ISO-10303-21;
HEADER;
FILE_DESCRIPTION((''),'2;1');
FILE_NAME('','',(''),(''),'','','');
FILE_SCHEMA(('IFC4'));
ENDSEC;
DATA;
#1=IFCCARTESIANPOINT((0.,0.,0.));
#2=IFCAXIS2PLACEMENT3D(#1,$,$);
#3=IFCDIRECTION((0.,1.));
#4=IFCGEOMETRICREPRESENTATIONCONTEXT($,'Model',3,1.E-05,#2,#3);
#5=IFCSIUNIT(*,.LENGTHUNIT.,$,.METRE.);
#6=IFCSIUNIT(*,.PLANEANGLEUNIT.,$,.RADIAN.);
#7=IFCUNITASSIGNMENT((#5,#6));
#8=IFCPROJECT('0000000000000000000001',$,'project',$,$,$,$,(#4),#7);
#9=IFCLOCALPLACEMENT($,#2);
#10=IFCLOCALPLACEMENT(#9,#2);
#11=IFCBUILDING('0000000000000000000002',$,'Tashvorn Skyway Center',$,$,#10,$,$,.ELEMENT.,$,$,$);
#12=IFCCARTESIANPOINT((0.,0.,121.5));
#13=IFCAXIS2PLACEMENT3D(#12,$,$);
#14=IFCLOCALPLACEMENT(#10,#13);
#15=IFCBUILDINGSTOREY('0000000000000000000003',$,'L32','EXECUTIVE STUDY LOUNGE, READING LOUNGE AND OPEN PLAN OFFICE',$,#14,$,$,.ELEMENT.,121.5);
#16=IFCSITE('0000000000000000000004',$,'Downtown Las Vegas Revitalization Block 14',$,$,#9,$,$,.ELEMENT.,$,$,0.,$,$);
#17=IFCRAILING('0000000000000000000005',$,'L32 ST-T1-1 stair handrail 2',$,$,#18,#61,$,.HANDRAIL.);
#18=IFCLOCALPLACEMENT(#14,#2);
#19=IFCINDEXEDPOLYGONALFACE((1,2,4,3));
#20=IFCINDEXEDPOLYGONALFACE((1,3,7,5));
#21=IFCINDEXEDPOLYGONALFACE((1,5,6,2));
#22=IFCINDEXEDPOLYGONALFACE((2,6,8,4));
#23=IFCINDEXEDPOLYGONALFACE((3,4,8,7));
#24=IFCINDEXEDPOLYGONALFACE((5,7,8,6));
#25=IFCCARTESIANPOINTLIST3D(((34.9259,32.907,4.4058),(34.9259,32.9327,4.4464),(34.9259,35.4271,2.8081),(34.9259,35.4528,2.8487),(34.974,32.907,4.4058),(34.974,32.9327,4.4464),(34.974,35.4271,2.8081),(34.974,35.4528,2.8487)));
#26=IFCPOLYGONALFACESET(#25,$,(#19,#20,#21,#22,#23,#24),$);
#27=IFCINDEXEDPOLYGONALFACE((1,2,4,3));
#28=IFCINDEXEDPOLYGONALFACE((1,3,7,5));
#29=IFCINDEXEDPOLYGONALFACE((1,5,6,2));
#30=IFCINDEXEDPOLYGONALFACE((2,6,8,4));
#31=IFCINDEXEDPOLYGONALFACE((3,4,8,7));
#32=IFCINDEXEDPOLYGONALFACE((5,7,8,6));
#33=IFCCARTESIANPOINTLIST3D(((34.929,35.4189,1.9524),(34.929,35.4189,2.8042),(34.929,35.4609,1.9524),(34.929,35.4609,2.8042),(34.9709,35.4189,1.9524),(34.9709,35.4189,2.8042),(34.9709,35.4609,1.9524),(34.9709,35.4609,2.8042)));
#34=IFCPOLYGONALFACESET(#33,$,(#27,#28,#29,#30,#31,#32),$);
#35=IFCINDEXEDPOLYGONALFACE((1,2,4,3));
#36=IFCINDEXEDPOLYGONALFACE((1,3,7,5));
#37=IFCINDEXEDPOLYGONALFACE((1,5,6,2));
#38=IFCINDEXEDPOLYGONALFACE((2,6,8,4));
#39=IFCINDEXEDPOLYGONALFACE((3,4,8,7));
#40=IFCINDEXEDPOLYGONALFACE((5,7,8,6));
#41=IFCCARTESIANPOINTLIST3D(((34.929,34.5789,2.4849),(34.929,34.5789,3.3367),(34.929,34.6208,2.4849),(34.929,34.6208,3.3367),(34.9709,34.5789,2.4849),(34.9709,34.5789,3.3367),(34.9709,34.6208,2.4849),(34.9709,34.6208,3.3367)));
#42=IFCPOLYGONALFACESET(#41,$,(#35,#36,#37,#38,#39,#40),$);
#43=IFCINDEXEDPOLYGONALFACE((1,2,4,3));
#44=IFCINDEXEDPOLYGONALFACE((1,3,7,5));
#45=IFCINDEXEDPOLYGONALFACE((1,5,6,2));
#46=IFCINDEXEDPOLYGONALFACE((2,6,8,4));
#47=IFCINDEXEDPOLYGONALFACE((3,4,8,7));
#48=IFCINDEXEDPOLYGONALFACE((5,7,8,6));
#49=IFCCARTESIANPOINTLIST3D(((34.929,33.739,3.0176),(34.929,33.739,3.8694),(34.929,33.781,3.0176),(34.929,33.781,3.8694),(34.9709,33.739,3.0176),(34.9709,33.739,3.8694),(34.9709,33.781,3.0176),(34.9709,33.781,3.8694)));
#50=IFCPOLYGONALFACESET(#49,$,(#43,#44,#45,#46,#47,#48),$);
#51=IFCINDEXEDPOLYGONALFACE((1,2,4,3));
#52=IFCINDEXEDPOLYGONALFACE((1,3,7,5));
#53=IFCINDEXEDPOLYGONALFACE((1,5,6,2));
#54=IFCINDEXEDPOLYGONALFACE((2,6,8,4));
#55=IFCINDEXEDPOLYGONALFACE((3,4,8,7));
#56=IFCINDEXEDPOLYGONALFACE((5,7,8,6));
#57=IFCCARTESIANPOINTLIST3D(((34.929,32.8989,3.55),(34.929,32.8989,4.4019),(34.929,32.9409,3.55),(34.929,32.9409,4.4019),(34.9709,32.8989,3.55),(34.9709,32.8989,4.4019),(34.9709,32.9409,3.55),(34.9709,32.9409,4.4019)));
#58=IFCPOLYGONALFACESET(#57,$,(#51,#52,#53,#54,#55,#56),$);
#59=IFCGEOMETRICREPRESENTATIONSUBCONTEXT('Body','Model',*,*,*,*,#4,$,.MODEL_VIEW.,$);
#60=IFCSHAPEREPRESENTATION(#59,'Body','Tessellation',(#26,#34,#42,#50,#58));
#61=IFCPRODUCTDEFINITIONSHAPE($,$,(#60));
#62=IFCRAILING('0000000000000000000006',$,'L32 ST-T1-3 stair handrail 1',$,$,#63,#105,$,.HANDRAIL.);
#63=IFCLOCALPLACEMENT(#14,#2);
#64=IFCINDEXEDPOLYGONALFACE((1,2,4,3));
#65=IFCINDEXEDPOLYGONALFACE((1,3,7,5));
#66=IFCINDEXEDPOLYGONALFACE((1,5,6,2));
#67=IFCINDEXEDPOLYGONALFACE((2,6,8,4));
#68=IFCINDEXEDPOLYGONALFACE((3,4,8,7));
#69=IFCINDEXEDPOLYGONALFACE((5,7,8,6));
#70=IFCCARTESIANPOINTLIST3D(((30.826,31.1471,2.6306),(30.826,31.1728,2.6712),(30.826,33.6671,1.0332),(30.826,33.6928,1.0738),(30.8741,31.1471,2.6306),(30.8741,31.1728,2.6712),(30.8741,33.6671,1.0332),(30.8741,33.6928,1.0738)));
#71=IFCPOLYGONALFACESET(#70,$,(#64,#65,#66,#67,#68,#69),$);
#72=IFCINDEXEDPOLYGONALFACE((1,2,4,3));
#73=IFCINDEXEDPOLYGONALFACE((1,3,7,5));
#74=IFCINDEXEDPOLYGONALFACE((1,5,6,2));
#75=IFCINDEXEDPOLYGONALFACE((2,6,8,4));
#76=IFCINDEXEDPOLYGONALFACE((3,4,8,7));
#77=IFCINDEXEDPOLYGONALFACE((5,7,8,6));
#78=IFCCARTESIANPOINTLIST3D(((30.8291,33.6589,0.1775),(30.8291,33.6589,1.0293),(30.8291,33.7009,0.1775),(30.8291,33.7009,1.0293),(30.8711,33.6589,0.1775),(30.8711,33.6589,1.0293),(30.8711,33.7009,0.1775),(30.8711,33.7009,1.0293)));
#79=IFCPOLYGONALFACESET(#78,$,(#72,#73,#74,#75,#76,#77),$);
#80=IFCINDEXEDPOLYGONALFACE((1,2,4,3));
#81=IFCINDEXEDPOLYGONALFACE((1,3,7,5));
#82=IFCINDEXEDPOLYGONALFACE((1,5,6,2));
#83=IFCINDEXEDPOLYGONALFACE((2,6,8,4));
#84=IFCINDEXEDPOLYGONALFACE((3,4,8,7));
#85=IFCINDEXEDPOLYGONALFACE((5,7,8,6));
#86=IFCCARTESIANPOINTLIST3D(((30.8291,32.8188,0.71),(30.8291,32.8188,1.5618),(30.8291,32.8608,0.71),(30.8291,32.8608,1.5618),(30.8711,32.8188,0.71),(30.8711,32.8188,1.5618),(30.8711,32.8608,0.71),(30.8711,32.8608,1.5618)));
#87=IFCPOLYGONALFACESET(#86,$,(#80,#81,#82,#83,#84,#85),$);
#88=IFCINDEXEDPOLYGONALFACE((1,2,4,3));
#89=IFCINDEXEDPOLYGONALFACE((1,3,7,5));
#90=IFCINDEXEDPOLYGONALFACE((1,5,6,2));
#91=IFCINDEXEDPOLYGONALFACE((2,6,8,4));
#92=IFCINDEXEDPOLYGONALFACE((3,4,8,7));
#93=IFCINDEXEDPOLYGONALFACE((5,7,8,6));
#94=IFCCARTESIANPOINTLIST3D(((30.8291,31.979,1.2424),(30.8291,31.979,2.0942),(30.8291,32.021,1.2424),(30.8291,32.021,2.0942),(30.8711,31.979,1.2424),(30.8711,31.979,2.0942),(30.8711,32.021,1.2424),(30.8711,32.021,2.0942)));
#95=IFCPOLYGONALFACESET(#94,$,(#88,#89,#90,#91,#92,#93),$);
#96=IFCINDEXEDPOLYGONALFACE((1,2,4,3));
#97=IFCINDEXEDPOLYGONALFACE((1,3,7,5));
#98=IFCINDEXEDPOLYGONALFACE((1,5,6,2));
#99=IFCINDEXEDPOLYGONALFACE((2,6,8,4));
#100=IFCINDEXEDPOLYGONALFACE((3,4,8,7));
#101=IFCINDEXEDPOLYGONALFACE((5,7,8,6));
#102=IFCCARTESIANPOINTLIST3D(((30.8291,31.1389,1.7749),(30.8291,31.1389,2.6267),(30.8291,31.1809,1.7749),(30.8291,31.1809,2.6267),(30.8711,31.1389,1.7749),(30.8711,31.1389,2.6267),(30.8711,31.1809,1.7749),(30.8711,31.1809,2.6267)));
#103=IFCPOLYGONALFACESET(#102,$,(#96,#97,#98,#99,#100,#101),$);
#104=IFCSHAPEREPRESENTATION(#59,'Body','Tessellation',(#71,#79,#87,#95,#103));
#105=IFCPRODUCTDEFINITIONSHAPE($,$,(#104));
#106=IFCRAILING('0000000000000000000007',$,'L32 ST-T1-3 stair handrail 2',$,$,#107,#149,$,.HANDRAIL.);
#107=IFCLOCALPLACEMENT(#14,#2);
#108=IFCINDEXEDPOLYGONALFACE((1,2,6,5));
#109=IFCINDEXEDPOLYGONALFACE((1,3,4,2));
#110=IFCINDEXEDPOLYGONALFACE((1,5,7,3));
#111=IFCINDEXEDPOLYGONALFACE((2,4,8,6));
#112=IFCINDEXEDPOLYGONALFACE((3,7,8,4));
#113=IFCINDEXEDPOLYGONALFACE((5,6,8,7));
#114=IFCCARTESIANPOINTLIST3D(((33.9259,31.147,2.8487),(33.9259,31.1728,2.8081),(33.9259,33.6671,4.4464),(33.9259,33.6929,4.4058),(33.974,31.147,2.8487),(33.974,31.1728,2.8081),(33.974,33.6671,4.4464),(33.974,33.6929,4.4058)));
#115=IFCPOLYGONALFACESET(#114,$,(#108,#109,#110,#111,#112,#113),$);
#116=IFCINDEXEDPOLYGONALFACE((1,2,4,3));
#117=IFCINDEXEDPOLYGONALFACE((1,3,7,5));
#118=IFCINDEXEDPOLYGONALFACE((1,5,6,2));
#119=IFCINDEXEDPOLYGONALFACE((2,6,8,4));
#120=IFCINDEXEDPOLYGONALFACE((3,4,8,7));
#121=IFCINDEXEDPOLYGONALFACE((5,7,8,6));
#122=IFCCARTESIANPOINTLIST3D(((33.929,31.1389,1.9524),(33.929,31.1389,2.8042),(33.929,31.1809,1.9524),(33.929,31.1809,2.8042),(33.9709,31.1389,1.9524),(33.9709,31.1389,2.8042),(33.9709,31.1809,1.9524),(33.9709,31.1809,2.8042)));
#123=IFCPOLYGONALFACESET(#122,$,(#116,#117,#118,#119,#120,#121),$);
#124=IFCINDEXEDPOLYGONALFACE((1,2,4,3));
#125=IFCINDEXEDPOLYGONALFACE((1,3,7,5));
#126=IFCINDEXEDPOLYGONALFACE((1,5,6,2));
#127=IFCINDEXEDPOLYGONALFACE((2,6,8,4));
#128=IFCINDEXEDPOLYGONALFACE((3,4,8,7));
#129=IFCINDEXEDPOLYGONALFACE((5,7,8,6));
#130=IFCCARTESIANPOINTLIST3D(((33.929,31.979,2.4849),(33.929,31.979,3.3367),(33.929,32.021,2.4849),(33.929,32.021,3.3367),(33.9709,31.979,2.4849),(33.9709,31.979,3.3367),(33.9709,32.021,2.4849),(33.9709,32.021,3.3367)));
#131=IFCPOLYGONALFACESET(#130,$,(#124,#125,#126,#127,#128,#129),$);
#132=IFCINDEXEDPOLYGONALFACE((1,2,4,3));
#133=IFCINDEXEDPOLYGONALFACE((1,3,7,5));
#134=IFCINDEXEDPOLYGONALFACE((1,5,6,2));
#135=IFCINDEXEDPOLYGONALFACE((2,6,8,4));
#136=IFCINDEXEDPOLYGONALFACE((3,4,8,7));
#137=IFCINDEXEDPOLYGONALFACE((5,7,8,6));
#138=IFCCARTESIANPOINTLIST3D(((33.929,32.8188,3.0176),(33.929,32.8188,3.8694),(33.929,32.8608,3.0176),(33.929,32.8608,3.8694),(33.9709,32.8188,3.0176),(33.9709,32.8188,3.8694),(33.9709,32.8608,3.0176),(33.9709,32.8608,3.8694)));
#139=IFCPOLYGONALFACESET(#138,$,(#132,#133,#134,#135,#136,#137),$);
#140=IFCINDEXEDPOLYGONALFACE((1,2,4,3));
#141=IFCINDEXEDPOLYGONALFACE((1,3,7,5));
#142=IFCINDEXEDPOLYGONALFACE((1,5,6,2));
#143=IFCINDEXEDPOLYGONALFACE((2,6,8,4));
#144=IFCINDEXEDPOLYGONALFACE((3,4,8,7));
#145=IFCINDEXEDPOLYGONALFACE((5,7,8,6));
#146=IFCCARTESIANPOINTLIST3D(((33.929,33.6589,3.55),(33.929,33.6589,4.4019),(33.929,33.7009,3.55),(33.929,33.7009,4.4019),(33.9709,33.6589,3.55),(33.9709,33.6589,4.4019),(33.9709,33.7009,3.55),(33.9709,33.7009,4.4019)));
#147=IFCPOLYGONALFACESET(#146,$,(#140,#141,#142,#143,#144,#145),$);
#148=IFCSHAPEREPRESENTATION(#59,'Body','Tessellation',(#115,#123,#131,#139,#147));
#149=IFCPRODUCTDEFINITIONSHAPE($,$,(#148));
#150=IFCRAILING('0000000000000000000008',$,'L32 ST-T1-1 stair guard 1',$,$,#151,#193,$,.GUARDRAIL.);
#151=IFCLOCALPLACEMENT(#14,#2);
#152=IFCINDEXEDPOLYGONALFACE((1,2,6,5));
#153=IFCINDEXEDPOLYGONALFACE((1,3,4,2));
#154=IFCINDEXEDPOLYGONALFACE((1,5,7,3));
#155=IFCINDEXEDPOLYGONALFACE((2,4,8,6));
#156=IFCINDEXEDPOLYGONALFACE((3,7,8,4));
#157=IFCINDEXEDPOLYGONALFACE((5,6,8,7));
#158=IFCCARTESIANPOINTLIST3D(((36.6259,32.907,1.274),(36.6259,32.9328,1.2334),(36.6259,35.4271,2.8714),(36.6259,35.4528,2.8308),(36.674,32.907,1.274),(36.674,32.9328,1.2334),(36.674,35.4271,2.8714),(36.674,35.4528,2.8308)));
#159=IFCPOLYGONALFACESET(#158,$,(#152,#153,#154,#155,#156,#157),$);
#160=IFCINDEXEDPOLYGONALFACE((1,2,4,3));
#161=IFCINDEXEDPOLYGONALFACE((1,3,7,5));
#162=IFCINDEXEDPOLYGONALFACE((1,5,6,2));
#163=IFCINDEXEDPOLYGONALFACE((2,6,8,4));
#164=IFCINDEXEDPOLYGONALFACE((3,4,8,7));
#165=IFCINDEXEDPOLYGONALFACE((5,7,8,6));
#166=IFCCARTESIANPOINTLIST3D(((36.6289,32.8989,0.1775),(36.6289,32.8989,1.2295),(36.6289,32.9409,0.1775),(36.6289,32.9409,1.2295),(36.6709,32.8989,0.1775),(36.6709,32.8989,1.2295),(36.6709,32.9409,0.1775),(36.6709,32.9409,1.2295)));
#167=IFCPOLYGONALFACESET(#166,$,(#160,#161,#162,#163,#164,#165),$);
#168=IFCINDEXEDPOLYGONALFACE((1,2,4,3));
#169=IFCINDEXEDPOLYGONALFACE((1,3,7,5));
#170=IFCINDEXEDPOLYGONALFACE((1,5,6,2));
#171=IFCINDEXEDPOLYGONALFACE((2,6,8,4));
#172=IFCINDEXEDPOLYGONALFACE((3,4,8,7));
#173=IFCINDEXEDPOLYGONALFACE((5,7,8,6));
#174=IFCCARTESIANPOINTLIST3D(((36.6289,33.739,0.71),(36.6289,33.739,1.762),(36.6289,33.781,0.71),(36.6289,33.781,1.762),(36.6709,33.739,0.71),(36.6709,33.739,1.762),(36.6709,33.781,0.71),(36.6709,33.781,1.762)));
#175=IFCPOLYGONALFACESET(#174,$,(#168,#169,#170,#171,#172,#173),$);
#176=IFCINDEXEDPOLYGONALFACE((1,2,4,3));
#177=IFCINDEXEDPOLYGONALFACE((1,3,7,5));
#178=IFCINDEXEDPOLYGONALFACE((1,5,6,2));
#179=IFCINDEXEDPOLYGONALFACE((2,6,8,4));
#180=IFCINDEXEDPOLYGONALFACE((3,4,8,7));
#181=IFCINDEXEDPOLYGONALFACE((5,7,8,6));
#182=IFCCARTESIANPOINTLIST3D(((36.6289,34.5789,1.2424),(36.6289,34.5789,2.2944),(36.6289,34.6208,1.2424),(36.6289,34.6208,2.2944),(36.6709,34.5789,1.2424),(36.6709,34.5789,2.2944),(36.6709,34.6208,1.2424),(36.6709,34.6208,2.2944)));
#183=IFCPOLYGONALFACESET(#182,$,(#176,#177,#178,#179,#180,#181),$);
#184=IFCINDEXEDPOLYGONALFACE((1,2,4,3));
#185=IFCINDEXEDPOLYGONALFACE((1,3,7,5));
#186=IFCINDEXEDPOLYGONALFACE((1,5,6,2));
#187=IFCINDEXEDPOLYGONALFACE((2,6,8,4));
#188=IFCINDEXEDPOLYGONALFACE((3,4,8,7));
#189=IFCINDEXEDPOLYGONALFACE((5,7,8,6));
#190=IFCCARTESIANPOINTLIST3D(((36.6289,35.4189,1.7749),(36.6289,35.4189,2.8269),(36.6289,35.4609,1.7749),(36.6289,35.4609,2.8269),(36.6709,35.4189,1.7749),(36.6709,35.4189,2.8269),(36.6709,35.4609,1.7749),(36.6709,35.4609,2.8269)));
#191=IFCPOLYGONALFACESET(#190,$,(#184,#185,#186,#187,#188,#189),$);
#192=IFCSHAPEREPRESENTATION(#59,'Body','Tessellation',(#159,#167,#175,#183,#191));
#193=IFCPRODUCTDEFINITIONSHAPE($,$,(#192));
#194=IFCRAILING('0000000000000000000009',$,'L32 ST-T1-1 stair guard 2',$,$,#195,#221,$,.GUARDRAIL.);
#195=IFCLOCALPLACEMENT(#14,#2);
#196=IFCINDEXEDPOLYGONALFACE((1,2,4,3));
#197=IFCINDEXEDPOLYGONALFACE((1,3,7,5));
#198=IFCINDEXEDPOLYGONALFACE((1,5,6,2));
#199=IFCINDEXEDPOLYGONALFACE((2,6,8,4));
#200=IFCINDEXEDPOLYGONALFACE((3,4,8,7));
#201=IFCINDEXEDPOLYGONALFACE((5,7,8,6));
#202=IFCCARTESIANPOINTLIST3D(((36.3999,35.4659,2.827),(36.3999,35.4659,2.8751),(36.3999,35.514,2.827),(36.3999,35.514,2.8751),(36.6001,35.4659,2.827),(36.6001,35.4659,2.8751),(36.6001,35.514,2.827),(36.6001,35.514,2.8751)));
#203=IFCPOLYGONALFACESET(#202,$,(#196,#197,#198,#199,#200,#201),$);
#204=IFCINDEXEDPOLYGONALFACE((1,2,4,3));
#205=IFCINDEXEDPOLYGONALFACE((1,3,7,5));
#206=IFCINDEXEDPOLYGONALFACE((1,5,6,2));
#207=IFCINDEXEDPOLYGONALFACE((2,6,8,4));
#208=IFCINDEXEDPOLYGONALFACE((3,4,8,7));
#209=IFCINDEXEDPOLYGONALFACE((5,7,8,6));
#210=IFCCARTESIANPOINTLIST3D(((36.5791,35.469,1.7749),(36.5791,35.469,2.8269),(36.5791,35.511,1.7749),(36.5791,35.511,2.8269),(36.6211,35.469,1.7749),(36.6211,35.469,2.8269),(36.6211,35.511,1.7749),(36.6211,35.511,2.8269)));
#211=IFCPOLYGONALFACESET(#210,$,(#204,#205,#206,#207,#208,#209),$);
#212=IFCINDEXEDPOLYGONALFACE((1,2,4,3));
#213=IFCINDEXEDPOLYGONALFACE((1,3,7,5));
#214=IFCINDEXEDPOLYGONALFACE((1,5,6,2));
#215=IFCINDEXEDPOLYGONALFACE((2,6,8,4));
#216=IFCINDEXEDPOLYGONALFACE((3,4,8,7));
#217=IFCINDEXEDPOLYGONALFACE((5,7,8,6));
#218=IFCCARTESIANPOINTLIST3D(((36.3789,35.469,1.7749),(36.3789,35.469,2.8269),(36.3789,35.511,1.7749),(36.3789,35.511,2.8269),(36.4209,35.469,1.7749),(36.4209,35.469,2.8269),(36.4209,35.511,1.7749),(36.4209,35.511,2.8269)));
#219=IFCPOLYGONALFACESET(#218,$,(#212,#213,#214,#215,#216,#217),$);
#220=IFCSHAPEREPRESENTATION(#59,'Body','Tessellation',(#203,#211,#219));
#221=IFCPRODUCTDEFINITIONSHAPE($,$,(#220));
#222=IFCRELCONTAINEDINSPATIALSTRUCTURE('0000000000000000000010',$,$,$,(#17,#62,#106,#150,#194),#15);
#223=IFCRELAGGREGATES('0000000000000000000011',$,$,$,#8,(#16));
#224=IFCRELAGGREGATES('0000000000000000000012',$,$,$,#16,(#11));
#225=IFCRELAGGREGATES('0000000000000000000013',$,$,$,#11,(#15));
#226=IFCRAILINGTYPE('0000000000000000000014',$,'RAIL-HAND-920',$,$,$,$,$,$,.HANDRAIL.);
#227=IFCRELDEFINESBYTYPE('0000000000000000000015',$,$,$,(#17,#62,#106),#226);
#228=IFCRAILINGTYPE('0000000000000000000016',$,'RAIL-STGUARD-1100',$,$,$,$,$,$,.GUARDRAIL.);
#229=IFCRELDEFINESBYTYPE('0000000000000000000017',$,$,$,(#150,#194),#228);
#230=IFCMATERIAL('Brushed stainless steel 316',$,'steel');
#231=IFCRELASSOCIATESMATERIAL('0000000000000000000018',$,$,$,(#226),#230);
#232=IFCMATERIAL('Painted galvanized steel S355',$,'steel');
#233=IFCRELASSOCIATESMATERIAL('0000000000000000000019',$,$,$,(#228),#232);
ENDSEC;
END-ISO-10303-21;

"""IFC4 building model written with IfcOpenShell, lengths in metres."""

from ifc_helpers import new_model, si_unit, direction, frame, origin, origin_2d, place, context, subcontext, project, spatial, rectangle, extrude, material, type_object, element, save


model = new_model("IFC4")

# Units and contexts
model_context = context("Model", 3, precision=1e-05, world=origin(), true_north=direction((0.0, 1.0)))
body_context = subcontext(model_context, "Body", "Model", "MODEL_VIEW")
ifc_project = project(units=[si_unit("LENGTHUNIT", "METRE"), si_unit("PLANEANGLEUNIT", "RADIAN")], contexts=[model_context])

# Site, building, storey
site_placement = place(None, origin())
site = spatial("IfcSite", under=ifc_project, at=site_placement, Name="Downtown Las Vegas Revitalization Block 14", CompositionType="ELEMENT", RefElevation=0.0)
building_placement = place(site_placement, origin())
building = spatial("IfcBuilding", under=site, at=building_placement, Name="Tashvorn Skyway Center", CompositionType="ELEMENT")
storey_placement = place(building_placement, frame((0.0, 0.0, 121.5)))
storey = spatial("IfcBuildingStorey", under=building, at=storey_placement, Name="L32", Description="EXECUTIVE STUDY LOUNGE, READING LOUNGE AND OPEN PLAN OFFICE", CompositionType="ELEMENT", Elevation=121.5)

# Railings
ifc_material_1 = material(Name="Brushed stainless steel 316", Category="steel")
railing_type_1 = type_object("IfcRailingType", Name="RAIL-HAND-920", PredefinedType="HANDRAIL", material=ifc_material_1)
railing_1_placement = place(storey_placement, frame((34.95, 35.4399, 1.9524)))
element("IfcRailing", 1, at=railing_1_placement, inside=storey, type_object=railing_type_1, Name="L32 ST-T1-1 stair handrail 2", PredefinedType="HANDRAIL", context=body_context, shape_type="SweptSolid", body=[
    extrude(rectangle(XDim=0.0481, YDim=0.0481, at=origin_2d()), frame((0.0, 0.0, 0.876), z_axis=(0.0, -0.84457, 0.535445), x_axis=(1.0, 0.0, 0.0)), (0.0, 0.0, 1.0), 2.9839),
    extrude(rectangle(XDim=0.042, YDim=0.042, at=origin_2d()), origin(), (0.0, 0.0, 1.0), 0.8518),
    extrude(rectangle(XDim=0.042, YDim=0.042, at=origin_2d()), frame((0.0, -0.8401, 0.5325)), (0.0, 0.0, 1.0), 0.8518),
    extrude(rectangle(XDim=0.042, YDim=0.042, at=origin_2d()), frame((0.0, -1.6799, 1.0652)), (0.0, 0.0, 1.0), 0.8518),
    extrude(rectangle(XDim=0.042, YDim=0.042, at=origin_2d()), frame((0.0, -2.52, 1.5977)), (0.0, 0.0, 1.0), 0.8518),
])
railing_2_placement = place(storey_placement, frame((30.8501, 33.6799, 0.1775)))
element("IfcRailing", 2, at=railing_2_placement, inside=storey, type_object=railing_type_1, Name="L32 ST-T1-3 stair handrail 1", PredefinedType="HANDRAIL", context=body_context, shape_type="SweptSolid", body=[
    extrude(rectangle(XDim=0.0481, YDim=0.0481, at=origin_2d()), frame((0.0, 0.0, 0.876), z_axis=(0.0, -0.844607, 0.535387), x_axis=(1.0, 0.0, 0.0)), (0.0, 0.0, 1.0), 2.9836),
    extrude(rectangle(XDim=0.042, YDim=0.042, at=origin_2d()), origin(), (0.0, 0.0, 1.0), 0.8518),
    extrude(rectangle(XDim=0.042, YDim=0.042, at=origin_2d()), frame((0.0, -0.8401, 0.5325)), (0.0, 0.0, 1.0), 0.8518),
    extrude(rectangle(XDim=0.042, YDim=0.042, at=origin_2d()), frame((0.0, -1.6799, 1.0649)), (0.0, 0.0, 1.0), 0.8518),
    extrude(rectangle(XDim=0.042, YDim=0.042, at=origin_2d()), frame((0.0, -2.52, 1.5974)), (0.0, 0.0, 1.0), 0.8518),
])
railing_3_placement = place(storey_placement, frame((33.95, 31.1599, 1.9524)))
element("IfcRailing", 3, at=railing_3_placement, inside=storey, type_object=railing_type_1, Name="L32 ST-T1-3 stair handrail 2", PredefinedType="HANDRAIL", context=body_context, shape_type="SweptSolid", body=[
    extrude(rectangle(XDim=0.0481, YDim=0.0481, at=origin_2d()), frame((0.0, 0.0, 0.876), z_axis=(0.0, 0.84457, 0.535445), x_axis=(-1.0, 0.0, 0.0)), (0.0, 0.0, 1.0), 2.9839),
    extrude(rectangle(XDim=0.042, YDim=0.042, at=origin_2d()), origin(), (0.0, 0.0, 1.0), 0.8518),
    extrude(rectangle(XDim=0.042, YDim=0.042, at=origin_2d()), frame((0.0, 0.8401, 0.5325)), (0.0, 0.0, 1.0), 0.8518),
    extrude(rectangle(XDim=0.042, YDim=0.042, at=origin_2d()), frame((0.0, 1.6799, 1.0652)), (0.0, 0.0, 1.0), 0.8518),
    extrude(rectangle(XDim=0.042, YDim=0.042, at=origin_2d()), frame((0.0, 2.52, 1.5977)), (0.0, 0.0, 1.0), 0.8518),
])
ifc_material_2 = material(Name="Painted galvanized steel S355", Category="steel")
railing_type_2 = type_object("IfcRailingType", Name="RAIL-STGUARD-1100", PredefinedType="GUARDRAIL", material=ifc_material_2)
railing_4_placement = place(storey_placement, frame((36.6499, 32.9199, 0.1775)))
element("IfcRailing", 4, at=railing_4_placement, inside=storey, type_object=railing_type_2, Name="L32 ST-T1-1 stair guard 1", PredefinedType="GUARDRAIL", context=body_context, shape_type="SweptSolid", body=[
    extrude(rectangle(XDim=0.0481, YDim=0.0481, at=origin_2d()), frame((0.0, 0.0, 1.0762), z_axis=(0.0, 0.844607, 0.535387), x_axis=(-1.0, 0.0, 0.0)), (0.0, 0.0, 1.0), 2.9836),
    extrude(rectangle(XDim=0.042, YDim=0.042, at=origin_2d()), origin(), (0.0, 0.0, 1.0), 1.052),
    extrude(rectangle(XDim=0.042, YDim=0.042, at=origin_2d()), frame((0.0, 0.8401, 0.5325)), (0.0, 0.0, 1.0), 1.052),
    extrude(rectangle(XDim=0.042, YDim=0.042, at=origin_2d()), frame((0.0, 1.6799, 1.0649)), (0.0, 0.0, 1.0), 1.052),
    extrude(rectangle(XDim=0.042, YDim=0.042, at=origin_2d()), frame((0.0, 2.52, 1.5974)), (0.0, 0.0, 1.0), 1.052),
])
railing_5_placement = place(storey_placement, frame((36.6001, 35.49, 1.7749)))
element("IfcRailing", 5, at=railing_5_placement, inside=storey, type_object=railing_type_2, Name="L32 ST-T1-1 stair guard 2", PredefinedType="GUARDRAIL", context=body_context, shape_type="SweptSolid", body=[
    extrude(rectangle(XDim=0.0481, YDim=0.0481, at=origin_2d()), frame((0.0, 0.0, 1.0762), z_axis=(-1.0, 0.0, 0.0), x_axis=(0.0, -1.0, 0.0)), (0.0, 0.0, 1.0), 0.2002),
    extrude(rectangle(XDim=0.042, YDim=0.042, at=origin_2d()), origin(), (0.0, 0.0, 1.0), 1.052),
    extrude(rectangle(XDim=0.042, YDim=0.042, at=origin_2d()), frame((-0.2002, 0.0, 0.0)), (0.0, 0.0, 1.0), 1.052),
])

save(model, "model.ifc")
